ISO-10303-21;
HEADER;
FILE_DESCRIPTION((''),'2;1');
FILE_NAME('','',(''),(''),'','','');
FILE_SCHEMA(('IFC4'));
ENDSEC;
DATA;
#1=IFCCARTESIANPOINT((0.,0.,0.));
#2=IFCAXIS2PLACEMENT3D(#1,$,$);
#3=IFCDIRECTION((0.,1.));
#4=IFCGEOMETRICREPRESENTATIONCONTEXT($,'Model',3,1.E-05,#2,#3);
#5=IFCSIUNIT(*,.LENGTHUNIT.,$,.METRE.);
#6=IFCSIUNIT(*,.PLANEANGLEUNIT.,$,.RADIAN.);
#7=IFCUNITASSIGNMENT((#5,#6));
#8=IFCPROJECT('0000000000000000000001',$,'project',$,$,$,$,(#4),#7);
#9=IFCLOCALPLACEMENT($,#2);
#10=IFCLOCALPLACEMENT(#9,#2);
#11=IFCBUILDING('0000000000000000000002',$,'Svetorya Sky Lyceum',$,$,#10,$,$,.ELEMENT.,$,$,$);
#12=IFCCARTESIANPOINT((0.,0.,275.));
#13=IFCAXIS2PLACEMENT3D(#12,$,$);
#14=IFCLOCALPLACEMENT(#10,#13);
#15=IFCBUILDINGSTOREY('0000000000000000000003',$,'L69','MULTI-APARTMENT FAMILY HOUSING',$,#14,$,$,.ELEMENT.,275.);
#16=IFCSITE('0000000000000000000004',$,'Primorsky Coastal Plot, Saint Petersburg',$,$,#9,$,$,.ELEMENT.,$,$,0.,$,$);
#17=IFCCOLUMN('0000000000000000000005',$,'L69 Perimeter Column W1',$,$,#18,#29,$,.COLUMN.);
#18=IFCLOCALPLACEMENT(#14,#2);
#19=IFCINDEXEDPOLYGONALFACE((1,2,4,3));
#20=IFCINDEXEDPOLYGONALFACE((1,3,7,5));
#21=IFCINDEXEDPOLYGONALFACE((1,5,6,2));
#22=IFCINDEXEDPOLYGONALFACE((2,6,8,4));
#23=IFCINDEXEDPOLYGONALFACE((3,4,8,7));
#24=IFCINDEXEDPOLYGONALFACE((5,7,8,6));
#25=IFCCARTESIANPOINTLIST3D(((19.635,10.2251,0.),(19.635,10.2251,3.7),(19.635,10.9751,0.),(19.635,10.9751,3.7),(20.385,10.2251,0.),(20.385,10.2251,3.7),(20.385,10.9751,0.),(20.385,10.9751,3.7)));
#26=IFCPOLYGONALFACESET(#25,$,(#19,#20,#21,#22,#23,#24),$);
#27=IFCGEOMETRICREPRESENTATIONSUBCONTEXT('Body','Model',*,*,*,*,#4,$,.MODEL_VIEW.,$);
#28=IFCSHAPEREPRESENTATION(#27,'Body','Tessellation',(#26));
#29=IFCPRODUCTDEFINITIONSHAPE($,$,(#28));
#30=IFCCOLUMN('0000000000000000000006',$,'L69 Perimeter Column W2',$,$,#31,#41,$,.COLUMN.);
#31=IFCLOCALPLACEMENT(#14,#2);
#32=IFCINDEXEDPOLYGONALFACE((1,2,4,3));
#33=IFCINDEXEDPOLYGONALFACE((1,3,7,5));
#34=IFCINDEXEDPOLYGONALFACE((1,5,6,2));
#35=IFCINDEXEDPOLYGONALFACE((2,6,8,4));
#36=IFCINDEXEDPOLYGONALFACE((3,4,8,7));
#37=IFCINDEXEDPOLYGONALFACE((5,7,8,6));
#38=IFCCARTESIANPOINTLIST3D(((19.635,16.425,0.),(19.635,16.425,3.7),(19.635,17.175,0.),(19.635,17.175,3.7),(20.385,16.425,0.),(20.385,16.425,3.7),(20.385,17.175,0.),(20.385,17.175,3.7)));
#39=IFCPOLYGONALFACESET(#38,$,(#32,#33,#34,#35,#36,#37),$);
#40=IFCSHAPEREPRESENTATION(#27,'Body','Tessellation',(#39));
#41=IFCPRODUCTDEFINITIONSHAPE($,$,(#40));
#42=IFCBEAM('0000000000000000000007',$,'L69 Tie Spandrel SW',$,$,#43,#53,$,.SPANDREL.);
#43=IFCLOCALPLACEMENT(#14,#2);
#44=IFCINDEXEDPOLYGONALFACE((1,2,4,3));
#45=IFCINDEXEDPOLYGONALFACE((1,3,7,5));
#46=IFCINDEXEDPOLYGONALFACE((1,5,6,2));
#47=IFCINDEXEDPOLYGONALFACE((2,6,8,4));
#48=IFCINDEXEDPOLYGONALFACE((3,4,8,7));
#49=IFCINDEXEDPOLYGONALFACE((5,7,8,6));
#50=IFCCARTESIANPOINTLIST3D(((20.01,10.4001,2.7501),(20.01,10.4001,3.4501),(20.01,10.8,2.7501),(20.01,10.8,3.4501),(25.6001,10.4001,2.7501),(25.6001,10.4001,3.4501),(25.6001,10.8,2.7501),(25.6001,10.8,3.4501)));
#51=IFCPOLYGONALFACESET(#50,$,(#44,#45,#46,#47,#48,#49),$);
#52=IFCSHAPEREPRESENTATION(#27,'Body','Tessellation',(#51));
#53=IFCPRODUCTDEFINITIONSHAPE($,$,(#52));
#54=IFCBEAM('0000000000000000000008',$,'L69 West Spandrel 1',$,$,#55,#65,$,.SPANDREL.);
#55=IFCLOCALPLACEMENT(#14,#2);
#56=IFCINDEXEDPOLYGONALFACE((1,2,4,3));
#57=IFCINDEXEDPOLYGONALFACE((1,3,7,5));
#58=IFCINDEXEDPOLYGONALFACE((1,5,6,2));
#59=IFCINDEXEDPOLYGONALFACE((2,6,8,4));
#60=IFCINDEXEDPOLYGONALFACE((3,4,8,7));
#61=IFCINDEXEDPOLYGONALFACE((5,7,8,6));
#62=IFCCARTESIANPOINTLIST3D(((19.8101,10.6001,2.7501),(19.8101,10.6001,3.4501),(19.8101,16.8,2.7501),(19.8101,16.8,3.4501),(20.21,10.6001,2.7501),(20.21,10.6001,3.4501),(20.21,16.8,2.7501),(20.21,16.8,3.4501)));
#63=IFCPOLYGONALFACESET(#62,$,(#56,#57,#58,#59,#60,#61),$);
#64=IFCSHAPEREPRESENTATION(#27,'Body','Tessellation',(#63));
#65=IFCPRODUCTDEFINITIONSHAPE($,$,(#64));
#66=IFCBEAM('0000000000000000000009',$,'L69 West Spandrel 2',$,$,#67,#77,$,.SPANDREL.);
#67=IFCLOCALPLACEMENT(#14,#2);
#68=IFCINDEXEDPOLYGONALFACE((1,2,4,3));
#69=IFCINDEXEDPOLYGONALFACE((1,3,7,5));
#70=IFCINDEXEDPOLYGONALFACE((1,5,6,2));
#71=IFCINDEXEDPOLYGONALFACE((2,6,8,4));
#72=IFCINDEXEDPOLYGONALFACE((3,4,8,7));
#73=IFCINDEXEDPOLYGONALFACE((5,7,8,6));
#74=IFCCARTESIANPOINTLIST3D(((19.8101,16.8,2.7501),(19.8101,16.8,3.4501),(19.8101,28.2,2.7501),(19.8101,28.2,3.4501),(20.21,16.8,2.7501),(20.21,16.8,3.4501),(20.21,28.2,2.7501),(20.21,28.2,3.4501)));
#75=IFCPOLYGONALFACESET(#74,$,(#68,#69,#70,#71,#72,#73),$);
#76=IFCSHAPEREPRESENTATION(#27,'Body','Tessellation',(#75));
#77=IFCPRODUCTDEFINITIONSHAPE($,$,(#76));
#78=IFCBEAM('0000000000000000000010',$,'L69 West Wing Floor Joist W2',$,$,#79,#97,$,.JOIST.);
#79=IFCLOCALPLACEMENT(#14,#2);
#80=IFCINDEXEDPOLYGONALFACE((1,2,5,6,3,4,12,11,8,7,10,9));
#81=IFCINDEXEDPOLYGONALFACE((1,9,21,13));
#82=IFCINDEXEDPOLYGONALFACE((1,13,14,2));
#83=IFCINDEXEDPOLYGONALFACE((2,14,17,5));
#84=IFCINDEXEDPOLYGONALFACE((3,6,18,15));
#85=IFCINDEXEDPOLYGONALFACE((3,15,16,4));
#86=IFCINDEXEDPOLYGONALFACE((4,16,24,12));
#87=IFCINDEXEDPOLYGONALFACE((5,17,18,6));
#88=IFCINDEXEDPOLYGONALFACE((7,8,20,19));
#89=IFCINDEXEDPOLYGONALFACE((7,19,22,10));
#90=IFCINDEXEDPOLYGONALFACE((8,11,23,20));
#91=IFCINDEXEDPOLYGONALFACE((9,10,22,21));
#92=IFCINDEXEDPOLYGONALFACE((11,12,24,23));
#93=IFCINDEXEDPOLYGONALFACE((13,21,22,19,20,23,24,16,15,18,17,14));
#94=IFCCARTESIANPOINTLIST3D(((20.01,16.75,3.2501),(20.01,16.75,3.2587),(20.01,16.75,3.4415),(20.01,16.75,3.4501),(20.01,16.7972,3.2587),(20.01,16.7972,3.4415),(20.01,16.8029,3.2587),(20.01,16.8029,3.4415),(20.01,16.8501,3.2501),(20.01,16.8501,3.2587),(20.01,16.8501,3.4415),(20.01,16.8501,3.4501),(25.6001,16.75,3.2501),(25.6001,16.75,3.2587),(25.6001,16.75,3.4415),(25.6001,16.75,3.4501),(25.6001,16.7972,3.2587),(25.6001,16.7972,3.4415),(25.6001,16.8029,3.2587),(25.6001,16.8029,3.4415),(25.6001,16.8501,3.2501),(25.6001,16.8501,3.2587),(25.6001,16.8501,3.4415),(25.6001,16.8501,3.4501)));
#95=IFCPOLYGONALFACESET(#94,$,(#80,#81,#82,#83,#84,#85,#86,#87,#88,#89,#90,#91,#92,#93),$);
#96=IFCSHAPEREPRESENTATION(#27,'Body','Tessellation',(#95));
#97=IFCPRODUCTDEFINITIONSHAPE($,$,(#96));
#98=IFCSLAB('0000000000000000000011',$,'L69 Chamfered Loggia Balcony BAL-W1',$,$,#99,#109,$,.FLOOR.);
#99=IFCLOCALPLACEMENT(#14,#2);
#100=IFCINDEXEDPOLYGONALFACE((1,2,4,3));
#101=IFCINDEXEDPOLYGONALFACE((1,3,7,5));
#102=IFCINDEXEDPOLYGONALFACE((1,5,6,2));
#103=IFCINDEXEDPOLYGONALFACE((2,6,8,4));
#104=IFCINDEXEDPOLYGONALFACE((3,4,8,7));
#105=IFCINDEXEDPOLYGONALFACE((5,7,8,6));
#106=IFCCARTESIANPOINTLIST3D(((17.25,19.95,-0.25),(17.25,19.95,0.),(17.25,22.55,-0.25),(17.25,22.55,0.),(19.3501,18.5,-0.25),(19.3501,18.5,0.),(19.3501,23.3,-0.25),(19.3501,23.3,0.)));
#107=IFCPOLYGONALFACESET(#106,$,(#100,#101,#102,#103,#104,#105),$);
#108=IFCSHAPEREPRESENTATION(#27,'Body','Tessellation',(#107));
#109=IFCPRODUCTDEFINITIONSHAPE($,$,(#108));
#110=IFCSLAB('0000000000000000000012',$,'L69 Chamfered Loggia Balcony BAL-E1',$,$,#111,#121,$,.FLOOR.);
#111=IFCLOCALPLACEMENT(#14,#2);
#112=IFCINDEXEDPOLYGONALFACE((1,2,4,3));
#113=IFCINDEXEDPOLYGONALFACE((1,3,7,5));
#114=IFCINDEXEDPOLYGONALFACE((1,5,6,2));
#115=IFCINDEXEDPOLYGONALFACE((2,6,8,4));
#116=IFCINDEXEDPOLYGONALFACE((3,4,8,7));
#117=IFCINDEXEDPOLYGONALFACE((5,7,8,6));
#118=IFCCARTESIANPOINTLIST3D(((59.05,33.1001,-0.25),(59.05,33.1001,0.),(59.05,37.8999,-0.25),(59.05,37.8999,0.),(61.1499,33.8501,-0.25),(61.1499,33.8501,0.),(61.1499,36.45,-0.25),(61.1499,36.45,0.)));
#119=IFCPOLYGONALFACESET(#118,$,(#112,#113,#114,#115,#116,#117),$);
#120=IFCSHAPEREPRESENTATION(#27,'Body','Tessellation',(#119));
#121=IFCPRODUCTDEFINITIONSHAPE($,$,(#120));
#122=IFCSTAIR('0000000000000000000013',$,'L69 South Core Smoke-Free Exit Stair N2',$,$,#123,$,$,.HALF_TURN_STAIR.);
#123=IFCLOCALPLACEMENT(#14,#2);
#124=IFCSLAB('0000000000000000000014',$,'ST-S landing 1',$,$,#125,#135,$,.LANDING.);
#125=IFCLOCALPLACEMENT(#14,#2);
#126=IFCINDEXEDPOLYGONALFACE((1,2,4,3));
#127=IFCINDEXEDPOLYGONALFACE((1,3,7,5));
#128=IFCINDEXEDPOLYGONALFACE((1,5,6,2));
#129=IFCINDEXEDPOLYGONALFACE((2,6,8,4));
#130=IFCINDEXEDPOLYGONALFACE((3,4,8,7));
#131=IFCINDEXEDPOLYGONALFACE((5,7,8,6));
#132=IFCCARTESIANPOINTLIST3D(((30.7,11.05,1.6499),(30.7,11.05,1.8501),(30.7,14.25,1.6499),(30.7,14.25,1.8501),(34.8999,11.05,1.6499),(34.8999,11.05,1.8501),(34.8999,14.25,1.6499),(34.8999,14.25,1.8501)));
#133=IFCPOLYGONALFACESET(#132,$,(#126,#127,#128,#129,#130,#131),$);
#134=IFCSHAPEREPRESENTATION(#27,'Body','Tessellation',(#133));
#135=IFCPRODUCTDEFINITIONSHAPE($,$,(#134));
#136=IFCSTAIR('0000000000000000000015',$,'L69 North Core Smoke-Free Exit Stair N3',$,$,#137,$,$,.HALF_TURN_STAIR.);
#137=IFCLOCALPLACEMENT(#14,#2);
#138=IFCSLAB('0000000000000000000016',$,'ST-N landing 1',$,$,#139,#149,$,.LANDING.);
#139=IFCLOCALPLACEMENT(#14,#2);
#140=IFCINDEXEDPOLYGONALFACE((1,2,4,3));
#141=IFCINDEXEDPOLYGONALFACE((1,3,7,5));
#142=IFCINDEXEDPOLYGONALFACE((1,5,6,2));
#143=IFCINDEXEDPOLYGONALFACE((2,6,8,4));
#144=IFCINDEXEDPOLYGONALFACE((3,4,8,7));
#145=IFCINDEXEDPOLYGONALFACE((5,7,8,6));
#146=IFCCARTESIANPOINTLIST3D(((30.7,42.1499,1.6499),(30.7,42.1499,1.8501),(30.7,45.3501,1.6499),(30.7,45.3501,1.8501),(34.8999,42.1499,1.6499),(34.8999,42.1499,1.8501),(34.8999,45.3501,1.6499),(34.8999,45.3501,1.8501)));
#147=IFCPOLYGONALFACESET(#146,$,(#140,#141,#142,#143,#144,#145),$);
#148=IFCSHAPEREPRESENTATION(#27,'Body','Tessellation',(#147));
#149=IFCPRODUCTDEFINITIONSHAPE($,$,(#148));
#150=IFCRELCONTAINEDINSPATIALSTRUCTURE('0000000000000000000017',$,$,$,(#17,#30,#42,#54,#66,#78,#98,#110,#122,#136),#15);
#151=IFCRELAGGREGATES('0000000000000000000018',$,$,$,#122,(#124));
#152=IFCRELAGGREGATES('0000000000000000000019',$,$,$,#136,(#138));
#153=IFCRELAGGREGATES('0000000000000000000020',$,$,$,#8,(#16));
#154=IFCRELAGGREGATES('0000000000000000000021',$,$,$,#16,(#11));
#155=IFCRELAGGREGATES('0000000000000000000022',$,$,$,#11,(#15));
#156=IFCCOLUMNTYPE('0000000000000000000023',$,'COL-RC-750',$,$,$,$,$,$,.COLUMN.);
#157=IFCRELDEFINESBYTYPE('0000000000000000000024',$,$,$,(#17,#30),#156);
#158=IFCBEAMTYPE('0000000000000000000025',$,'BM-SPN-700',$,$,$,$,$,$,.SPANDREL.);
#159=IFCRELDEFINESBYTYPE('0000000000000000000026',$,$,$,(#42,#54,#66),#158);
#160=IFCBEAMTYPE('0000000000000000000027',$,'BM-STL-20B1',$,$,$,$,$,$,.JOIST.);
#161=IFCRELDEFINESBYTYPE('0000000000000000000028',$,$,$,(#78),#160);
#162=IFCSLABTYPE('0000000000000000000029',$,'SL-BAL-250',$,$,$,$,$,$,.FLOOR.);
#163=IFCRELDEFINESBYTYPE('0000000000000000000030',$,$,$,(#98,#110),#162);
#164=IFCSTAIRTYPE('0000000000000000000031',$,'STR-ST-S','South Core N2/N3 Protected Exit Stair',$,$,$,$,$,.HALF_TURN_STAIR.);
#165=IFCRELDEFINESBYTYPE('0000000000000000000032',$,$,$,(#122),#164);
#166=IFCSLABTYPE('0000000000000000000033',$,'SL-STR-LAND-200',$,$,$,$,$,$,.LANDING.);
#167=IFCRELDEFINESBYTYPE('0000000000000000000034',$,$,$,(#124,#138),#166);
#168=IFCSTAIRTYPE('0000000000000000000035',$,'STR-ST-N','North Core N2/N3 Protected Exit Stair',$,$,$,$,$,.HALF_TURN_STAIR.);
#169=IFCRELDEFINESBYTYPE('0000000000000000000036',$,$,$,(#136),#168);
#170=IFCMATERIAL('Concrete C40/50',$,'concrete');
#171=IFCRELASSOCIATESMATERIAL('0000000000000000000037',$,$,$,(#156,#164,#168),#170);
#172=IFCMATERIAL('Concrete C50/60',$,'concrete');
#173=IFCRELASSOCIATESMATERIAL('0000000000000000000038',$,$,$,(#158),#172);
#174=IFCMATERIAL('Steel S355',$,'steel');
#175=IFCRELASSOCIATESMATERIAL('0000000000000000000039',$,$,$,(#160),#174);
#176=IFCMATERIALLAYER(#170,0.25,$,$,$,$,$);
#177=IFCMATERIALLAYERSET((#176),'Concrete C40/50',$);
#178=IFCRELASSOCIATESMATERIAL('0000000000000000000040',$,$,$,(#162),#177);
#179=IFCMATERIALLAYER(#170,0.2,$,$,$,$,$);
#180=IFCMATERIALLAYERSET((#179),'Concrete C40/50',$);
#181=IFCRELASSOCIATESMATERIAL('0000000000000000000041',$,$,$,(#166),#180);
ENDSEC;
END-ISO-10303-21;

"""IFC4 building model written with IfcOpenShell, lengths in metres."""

from ifc_helpers import new_model, si_unit, direction, frame, origin, origin_2d, place, context, subcontext, project, spatial, polyline, rectangle, i_section, outline, extrude, material, layer, layer_set, material_profile, profile_set, type_object, element, aggregate, save


model = new_model("IFC4")

# Units and contexts
model_context = context("Model", 3, precision=1e-05, world=origin(), true_north=direction((0.0, 1.0)))
body_context = subcontext(model_context, "Body", "Model", "MODEL_VIEW")
ifc_project = project(units=[si_unit("LENGTHUNIT", "METRE"), si_unit("PLANEANGLEUNIT", "RADIAN")], contexts=[model_context])

# Site, building, storey
site_placement = place(None, origin())
site = spatial("IfcSite", under=ifc_project, at=site_placement, Name="Primorsky Coastal Plot, Saint Petersburg", CompositionType="ELEMENT", RefElevation=0.0)
building_placement = place(site_placement, origin())
building = spatial("IfcBuilding", under=site, at=building_placement, Name="Svetorya Sky Lyceum", CompositionType="ELEMENT")
storey_placement = place(building_placement, frame((0.0, 0.0, 275.0)))
storey = spatial("IfcBuildingStorey", under=building, at=storey_placement, Name="L69", Description="MULTI-APARTMENT FAMILY HOUSING", CompositionType="ELEMENT", Elevation=275.0)

# Columns
ifc_material_1 = material(Name="Concrete C40/50", Category="concrete")
ifc_material_profile_1 = material_profile(ifc_material_1, rectangle(XDim=0.75, YDim=0.75, at=origin_2d()), Name="RC COL 750x750")
ifc_profile_set_1 = profile_set([ifc_material_profile_1], Name="Concrete C40/50")
column_type = type_object("IfcColumnType", Name="COL-RC-750", PredefinedType="COLUMN", material=ifc_profile_set_1)
for number, where, z_axis, x_axis, name in (
    (1, (20.01, 10.6001, 0.0), (0.0, 0.0, 1.0), (1.0, 0.0, 0.0), "L69 Perimeter Column W1"),
    (2, (20.01, 16.8, 0.0), (0.0, 0.0, 1.0), (1.0, 0.0, 0.0), "L69 Perimeter Column W2"),
):
    element("IfcColumn", number, at=place(storey_placement, frame(where, z_axis=z_axis, x_axis=x_axis)), inside=storey, type_object=column_type, Name=name, PredefinedType="COLUMN", context=body_context, shape_type="SweptSolid", body=[
        extrude(rectangle(XDim=0.75, YDim=0.75, at=origin_2d()), origin(), (0.0, 0.0, 1.0), 3.7),
    ])

# Beams
ifc_material_2 = material(Name="Concrete C50/60", Category="concrete")
ifc_material_profile_2 = material_profile(ifc_material_2, rectangle(XDim=0.3999, YDim=0.7, at=origin_2d()), Name="RC SPANDREL 400x700")
ifc_profile_set_2 = profile_set([ifc_material_profile_2], Name="Concrete C50/60")
beam_type_1 = type_object("IfcBeamType", Name="BM-SPN-700", PredefinedType="SPANDREL", material=ifc_profile_set_2)
beam_1_placement = place(storey_placement, frame((20.01, 10.6001, 3.1001), z_axis=(1.0, 0.0, 0.0), x_axis=(0.0, 1.0, 0.0)))
element("IfcBeam", 3, at=beam_1_placement, inside=storey, type_object=beam_type_1, Name="L69 Tie Spandrel SW", PredefinedType="SPANDREL", context=body_context, shape_type="SweptSolid", body=[
    extrude(rectangle(XDim=0.3999, YDim=0.7, at=origin_2d()), origin(), (0.0, 0.0, 1.0), 5.5901),
])
beam_2_placement = place(storey_placement, frame((20.01, 10.6001, 3.1001), z_axis=(0.0, 1.0, 0.0), x_axis=(-1.0, 0.0, 0.0)))
element("IfcBeam", 4, at=beam_2_placement, inside=storey, type_object=beam_type_1, Name="L69 West Spandrel 1", PredefinedType="SPANDREL", context=body_context, shape_type="SweptSolid", body=[
    extrude(rectangle(XDim=0.3999, YDim=0.7, at=origin_2d()), origin(), (0.0, 0.0, 1.0), 6.2),
])
beam_3_placement = place(storey_placement, frame((20.01, 16.8, 3.1001), z_axis=(0.0, 1.0, 0.0), x_axis=(-1.0, 0.0, 0.0)))
element("IfcBeam", 5, at=beam_3_placement, inside=storey, type_object=beam_type_1, Name="L69 West Spandrel 2", PredefinedType="SPANDREL", context=body_context, shape_type="SweptSolid", body=[
    extrude(rectangle(XDim=0.3999, YDim=0.7, at=origin_2d()), origin(), (0.0, 0.0, 1.0), 11.3999),
])
ifc_material_3 = material(Name="Steel S355", Category="steel")
ifc_material_profile_3 = material_profile(ifc_material_3, i_section(OverallWidth=0.1001, OverallDepth=0.2, WebThickness=0.0056, FlangeThickness=0.0085, at=origin_2d()), Name="GOST 20B1")
ifc_profile_set_3 = profile_set([ifc_material_profile_3], Name="Steel S355")
beam_type_2 = type_object("IfcBeamType", Name="BM-STL-20B1", PredefinedType="JOIST", material=ifc_profile_set_3)
beam_4_placement = place(storey_placement, frame((20.01, 16.8, 3.3501), z_axis=(1.0, 0.0, 0.0), x_axis=(0.0, 1.0, 0.0)))
element("IfcBeam", 6, at=beam_4_placement, inside=storey, type_object=beam_type_2, Name="L69 West Wing Floor Joist W2", PredefinedType="JOIST", context=body_context, shape_type="SweptSolid", body=[
    extrude(i_section(OverallWidth=0.1001, OverallDepth=0.2, WebThickness=0.0056, FlangeThickness=0.0085, at=origin_2d()), origin(), (0.0, 0.0, 1.0), 5.5901),
])

# Slabs
ifc_layer_1 = layer(ifc_material_1, 0.25)
ifc_layer_set_1 = layer_set([ifc_layer_1], Name="Concrete C40/50")
slab_type_1 = type_object("IfcSlabType", Name="SL-BAL-250", PredefinedType="FLOOR", material=ifc_layer_set_1)
slab_1_placement = place(storey_placement, frame((0.0, 0.0, -0.25)))
element("IfcSlab", 7, at=slab_1_placement, inside=storey, type_object=slab_type_1, Name="L69 Chamfered Loggia Balcony BAL-W1", PredefinedType="FLOOR", context=body_context, shape_type="SweptSolid", body=[
    extrude(outline(polyline([(19.3501, 18.5), (19.3501, 23.3), (17.25, 22.55), (17.25, 19.95), (19.3501, 18.5)])), origin(), (0.0, 0.0, 1.0), 0.25),
])
slab_2_placement = place(storey_placement, frame((0.0, 0.0, -0.25)))
element("IfcSlab", 8, at=slab_2_placement, inside=storey, type_object=slab_type_1, Name="L69 Chamfered Loggia Balcony BAL-E1", PredefinedType="FLOOR", context=body_context, shape_type="SweptSolid", body=[
    extrude(outline(polyline([(59.05, 33.1001), (61.1499, 33.8501), (61.1499, 36.45), (59.05, 37.8999), (59.05, 33.1001)])), origin(), (0.0, 0.0, 1.0), 0.25),
])

# Stairs, slabs
stair_type_1 = type_object("IfcStairType", Name="STR-ST-S", Description="South Core N2/N3 Protected Exit Stair", PredefinedType="HALF_TURN_STAIR", material=ifc_material_1)
stair_1_placement = place(storey_placement, origin())
stair_1 = element("IfcStair", 9, at=stair_1_placement, inside=storey, type_object=stair_type_1, Name="L69 South Core Smoke-Free Exit Stair N2", PredefinedType="HALF_TURN_STAIR")
ifc_layer_2 = layer(ifc_material_1, 0.2)
ifc_layer_set_2 = layer_set([ifc_layer_2], Name="Concrete C40/50")
slab_type_2 = type_object("IfcSlabType", Name="SL-STR-LAND-200", PredefinedType="LANDING", material=ifc_layer_set_2)
slab_3_placement = place(storey_placement, frame((0.0, 0.0, 1.6499)))
slab_3 = element("IfcSlab", 10, at=slab_3_placement, type_object=slab_type_2, Name="ST-S landing 1", PredefinedType="LANDING", context=body_context, shape_type="SweptSolid", body=[
    extrude(outline(polyline([(30.7, 11.05), (34.8999, 11.05), (34.8999, 14.25), (30.7, 14.25), (30.7, 11.05)])), origin(), (0.0, 0.0, 1.0), 0.2002),
])
aggregate(stair_1, [slab_3])
stair_type_2 = type_object("IfcStairType", Name="STR-ST-N", Description="North Core N2/N3 Protected Exit Stair", PredefinedType="HALF_TURN_STAIR", material=ifc_material_1)
stair_2_placement = place(storey_placement, origin())
stair_2 = element("IfcStair", 11, at=stair_2_placement, inside=storey, type_object=stair_type_2, Name="L69 North Core Smoke-Free Exit Stair N3", PredefinedType="HALF_TURN_STAIR")
slab_4_placement = place(storey_placement, frame((0.0, 0.0, 1.6499)))
slab_4 = element("IfcSlab", 12, at=slab_4_placement, type_object=slab_type_2, Name="ST-N landing 1", PredefinedType="LANDING", context=body_context, shape_type="SweptSolid", body=[
    extrude(outline(polyline([(30.7, 42.1499), (34.8999, 42.1499), (34.8999, 45.3501), (30.7, 45.3501), (30.7, 42.1499)])), origin(), (0.0, 0.0, 1.0), 0.2002),
])
aggregate(stair_2, [slab_4])

save(model, "model.ifc")
